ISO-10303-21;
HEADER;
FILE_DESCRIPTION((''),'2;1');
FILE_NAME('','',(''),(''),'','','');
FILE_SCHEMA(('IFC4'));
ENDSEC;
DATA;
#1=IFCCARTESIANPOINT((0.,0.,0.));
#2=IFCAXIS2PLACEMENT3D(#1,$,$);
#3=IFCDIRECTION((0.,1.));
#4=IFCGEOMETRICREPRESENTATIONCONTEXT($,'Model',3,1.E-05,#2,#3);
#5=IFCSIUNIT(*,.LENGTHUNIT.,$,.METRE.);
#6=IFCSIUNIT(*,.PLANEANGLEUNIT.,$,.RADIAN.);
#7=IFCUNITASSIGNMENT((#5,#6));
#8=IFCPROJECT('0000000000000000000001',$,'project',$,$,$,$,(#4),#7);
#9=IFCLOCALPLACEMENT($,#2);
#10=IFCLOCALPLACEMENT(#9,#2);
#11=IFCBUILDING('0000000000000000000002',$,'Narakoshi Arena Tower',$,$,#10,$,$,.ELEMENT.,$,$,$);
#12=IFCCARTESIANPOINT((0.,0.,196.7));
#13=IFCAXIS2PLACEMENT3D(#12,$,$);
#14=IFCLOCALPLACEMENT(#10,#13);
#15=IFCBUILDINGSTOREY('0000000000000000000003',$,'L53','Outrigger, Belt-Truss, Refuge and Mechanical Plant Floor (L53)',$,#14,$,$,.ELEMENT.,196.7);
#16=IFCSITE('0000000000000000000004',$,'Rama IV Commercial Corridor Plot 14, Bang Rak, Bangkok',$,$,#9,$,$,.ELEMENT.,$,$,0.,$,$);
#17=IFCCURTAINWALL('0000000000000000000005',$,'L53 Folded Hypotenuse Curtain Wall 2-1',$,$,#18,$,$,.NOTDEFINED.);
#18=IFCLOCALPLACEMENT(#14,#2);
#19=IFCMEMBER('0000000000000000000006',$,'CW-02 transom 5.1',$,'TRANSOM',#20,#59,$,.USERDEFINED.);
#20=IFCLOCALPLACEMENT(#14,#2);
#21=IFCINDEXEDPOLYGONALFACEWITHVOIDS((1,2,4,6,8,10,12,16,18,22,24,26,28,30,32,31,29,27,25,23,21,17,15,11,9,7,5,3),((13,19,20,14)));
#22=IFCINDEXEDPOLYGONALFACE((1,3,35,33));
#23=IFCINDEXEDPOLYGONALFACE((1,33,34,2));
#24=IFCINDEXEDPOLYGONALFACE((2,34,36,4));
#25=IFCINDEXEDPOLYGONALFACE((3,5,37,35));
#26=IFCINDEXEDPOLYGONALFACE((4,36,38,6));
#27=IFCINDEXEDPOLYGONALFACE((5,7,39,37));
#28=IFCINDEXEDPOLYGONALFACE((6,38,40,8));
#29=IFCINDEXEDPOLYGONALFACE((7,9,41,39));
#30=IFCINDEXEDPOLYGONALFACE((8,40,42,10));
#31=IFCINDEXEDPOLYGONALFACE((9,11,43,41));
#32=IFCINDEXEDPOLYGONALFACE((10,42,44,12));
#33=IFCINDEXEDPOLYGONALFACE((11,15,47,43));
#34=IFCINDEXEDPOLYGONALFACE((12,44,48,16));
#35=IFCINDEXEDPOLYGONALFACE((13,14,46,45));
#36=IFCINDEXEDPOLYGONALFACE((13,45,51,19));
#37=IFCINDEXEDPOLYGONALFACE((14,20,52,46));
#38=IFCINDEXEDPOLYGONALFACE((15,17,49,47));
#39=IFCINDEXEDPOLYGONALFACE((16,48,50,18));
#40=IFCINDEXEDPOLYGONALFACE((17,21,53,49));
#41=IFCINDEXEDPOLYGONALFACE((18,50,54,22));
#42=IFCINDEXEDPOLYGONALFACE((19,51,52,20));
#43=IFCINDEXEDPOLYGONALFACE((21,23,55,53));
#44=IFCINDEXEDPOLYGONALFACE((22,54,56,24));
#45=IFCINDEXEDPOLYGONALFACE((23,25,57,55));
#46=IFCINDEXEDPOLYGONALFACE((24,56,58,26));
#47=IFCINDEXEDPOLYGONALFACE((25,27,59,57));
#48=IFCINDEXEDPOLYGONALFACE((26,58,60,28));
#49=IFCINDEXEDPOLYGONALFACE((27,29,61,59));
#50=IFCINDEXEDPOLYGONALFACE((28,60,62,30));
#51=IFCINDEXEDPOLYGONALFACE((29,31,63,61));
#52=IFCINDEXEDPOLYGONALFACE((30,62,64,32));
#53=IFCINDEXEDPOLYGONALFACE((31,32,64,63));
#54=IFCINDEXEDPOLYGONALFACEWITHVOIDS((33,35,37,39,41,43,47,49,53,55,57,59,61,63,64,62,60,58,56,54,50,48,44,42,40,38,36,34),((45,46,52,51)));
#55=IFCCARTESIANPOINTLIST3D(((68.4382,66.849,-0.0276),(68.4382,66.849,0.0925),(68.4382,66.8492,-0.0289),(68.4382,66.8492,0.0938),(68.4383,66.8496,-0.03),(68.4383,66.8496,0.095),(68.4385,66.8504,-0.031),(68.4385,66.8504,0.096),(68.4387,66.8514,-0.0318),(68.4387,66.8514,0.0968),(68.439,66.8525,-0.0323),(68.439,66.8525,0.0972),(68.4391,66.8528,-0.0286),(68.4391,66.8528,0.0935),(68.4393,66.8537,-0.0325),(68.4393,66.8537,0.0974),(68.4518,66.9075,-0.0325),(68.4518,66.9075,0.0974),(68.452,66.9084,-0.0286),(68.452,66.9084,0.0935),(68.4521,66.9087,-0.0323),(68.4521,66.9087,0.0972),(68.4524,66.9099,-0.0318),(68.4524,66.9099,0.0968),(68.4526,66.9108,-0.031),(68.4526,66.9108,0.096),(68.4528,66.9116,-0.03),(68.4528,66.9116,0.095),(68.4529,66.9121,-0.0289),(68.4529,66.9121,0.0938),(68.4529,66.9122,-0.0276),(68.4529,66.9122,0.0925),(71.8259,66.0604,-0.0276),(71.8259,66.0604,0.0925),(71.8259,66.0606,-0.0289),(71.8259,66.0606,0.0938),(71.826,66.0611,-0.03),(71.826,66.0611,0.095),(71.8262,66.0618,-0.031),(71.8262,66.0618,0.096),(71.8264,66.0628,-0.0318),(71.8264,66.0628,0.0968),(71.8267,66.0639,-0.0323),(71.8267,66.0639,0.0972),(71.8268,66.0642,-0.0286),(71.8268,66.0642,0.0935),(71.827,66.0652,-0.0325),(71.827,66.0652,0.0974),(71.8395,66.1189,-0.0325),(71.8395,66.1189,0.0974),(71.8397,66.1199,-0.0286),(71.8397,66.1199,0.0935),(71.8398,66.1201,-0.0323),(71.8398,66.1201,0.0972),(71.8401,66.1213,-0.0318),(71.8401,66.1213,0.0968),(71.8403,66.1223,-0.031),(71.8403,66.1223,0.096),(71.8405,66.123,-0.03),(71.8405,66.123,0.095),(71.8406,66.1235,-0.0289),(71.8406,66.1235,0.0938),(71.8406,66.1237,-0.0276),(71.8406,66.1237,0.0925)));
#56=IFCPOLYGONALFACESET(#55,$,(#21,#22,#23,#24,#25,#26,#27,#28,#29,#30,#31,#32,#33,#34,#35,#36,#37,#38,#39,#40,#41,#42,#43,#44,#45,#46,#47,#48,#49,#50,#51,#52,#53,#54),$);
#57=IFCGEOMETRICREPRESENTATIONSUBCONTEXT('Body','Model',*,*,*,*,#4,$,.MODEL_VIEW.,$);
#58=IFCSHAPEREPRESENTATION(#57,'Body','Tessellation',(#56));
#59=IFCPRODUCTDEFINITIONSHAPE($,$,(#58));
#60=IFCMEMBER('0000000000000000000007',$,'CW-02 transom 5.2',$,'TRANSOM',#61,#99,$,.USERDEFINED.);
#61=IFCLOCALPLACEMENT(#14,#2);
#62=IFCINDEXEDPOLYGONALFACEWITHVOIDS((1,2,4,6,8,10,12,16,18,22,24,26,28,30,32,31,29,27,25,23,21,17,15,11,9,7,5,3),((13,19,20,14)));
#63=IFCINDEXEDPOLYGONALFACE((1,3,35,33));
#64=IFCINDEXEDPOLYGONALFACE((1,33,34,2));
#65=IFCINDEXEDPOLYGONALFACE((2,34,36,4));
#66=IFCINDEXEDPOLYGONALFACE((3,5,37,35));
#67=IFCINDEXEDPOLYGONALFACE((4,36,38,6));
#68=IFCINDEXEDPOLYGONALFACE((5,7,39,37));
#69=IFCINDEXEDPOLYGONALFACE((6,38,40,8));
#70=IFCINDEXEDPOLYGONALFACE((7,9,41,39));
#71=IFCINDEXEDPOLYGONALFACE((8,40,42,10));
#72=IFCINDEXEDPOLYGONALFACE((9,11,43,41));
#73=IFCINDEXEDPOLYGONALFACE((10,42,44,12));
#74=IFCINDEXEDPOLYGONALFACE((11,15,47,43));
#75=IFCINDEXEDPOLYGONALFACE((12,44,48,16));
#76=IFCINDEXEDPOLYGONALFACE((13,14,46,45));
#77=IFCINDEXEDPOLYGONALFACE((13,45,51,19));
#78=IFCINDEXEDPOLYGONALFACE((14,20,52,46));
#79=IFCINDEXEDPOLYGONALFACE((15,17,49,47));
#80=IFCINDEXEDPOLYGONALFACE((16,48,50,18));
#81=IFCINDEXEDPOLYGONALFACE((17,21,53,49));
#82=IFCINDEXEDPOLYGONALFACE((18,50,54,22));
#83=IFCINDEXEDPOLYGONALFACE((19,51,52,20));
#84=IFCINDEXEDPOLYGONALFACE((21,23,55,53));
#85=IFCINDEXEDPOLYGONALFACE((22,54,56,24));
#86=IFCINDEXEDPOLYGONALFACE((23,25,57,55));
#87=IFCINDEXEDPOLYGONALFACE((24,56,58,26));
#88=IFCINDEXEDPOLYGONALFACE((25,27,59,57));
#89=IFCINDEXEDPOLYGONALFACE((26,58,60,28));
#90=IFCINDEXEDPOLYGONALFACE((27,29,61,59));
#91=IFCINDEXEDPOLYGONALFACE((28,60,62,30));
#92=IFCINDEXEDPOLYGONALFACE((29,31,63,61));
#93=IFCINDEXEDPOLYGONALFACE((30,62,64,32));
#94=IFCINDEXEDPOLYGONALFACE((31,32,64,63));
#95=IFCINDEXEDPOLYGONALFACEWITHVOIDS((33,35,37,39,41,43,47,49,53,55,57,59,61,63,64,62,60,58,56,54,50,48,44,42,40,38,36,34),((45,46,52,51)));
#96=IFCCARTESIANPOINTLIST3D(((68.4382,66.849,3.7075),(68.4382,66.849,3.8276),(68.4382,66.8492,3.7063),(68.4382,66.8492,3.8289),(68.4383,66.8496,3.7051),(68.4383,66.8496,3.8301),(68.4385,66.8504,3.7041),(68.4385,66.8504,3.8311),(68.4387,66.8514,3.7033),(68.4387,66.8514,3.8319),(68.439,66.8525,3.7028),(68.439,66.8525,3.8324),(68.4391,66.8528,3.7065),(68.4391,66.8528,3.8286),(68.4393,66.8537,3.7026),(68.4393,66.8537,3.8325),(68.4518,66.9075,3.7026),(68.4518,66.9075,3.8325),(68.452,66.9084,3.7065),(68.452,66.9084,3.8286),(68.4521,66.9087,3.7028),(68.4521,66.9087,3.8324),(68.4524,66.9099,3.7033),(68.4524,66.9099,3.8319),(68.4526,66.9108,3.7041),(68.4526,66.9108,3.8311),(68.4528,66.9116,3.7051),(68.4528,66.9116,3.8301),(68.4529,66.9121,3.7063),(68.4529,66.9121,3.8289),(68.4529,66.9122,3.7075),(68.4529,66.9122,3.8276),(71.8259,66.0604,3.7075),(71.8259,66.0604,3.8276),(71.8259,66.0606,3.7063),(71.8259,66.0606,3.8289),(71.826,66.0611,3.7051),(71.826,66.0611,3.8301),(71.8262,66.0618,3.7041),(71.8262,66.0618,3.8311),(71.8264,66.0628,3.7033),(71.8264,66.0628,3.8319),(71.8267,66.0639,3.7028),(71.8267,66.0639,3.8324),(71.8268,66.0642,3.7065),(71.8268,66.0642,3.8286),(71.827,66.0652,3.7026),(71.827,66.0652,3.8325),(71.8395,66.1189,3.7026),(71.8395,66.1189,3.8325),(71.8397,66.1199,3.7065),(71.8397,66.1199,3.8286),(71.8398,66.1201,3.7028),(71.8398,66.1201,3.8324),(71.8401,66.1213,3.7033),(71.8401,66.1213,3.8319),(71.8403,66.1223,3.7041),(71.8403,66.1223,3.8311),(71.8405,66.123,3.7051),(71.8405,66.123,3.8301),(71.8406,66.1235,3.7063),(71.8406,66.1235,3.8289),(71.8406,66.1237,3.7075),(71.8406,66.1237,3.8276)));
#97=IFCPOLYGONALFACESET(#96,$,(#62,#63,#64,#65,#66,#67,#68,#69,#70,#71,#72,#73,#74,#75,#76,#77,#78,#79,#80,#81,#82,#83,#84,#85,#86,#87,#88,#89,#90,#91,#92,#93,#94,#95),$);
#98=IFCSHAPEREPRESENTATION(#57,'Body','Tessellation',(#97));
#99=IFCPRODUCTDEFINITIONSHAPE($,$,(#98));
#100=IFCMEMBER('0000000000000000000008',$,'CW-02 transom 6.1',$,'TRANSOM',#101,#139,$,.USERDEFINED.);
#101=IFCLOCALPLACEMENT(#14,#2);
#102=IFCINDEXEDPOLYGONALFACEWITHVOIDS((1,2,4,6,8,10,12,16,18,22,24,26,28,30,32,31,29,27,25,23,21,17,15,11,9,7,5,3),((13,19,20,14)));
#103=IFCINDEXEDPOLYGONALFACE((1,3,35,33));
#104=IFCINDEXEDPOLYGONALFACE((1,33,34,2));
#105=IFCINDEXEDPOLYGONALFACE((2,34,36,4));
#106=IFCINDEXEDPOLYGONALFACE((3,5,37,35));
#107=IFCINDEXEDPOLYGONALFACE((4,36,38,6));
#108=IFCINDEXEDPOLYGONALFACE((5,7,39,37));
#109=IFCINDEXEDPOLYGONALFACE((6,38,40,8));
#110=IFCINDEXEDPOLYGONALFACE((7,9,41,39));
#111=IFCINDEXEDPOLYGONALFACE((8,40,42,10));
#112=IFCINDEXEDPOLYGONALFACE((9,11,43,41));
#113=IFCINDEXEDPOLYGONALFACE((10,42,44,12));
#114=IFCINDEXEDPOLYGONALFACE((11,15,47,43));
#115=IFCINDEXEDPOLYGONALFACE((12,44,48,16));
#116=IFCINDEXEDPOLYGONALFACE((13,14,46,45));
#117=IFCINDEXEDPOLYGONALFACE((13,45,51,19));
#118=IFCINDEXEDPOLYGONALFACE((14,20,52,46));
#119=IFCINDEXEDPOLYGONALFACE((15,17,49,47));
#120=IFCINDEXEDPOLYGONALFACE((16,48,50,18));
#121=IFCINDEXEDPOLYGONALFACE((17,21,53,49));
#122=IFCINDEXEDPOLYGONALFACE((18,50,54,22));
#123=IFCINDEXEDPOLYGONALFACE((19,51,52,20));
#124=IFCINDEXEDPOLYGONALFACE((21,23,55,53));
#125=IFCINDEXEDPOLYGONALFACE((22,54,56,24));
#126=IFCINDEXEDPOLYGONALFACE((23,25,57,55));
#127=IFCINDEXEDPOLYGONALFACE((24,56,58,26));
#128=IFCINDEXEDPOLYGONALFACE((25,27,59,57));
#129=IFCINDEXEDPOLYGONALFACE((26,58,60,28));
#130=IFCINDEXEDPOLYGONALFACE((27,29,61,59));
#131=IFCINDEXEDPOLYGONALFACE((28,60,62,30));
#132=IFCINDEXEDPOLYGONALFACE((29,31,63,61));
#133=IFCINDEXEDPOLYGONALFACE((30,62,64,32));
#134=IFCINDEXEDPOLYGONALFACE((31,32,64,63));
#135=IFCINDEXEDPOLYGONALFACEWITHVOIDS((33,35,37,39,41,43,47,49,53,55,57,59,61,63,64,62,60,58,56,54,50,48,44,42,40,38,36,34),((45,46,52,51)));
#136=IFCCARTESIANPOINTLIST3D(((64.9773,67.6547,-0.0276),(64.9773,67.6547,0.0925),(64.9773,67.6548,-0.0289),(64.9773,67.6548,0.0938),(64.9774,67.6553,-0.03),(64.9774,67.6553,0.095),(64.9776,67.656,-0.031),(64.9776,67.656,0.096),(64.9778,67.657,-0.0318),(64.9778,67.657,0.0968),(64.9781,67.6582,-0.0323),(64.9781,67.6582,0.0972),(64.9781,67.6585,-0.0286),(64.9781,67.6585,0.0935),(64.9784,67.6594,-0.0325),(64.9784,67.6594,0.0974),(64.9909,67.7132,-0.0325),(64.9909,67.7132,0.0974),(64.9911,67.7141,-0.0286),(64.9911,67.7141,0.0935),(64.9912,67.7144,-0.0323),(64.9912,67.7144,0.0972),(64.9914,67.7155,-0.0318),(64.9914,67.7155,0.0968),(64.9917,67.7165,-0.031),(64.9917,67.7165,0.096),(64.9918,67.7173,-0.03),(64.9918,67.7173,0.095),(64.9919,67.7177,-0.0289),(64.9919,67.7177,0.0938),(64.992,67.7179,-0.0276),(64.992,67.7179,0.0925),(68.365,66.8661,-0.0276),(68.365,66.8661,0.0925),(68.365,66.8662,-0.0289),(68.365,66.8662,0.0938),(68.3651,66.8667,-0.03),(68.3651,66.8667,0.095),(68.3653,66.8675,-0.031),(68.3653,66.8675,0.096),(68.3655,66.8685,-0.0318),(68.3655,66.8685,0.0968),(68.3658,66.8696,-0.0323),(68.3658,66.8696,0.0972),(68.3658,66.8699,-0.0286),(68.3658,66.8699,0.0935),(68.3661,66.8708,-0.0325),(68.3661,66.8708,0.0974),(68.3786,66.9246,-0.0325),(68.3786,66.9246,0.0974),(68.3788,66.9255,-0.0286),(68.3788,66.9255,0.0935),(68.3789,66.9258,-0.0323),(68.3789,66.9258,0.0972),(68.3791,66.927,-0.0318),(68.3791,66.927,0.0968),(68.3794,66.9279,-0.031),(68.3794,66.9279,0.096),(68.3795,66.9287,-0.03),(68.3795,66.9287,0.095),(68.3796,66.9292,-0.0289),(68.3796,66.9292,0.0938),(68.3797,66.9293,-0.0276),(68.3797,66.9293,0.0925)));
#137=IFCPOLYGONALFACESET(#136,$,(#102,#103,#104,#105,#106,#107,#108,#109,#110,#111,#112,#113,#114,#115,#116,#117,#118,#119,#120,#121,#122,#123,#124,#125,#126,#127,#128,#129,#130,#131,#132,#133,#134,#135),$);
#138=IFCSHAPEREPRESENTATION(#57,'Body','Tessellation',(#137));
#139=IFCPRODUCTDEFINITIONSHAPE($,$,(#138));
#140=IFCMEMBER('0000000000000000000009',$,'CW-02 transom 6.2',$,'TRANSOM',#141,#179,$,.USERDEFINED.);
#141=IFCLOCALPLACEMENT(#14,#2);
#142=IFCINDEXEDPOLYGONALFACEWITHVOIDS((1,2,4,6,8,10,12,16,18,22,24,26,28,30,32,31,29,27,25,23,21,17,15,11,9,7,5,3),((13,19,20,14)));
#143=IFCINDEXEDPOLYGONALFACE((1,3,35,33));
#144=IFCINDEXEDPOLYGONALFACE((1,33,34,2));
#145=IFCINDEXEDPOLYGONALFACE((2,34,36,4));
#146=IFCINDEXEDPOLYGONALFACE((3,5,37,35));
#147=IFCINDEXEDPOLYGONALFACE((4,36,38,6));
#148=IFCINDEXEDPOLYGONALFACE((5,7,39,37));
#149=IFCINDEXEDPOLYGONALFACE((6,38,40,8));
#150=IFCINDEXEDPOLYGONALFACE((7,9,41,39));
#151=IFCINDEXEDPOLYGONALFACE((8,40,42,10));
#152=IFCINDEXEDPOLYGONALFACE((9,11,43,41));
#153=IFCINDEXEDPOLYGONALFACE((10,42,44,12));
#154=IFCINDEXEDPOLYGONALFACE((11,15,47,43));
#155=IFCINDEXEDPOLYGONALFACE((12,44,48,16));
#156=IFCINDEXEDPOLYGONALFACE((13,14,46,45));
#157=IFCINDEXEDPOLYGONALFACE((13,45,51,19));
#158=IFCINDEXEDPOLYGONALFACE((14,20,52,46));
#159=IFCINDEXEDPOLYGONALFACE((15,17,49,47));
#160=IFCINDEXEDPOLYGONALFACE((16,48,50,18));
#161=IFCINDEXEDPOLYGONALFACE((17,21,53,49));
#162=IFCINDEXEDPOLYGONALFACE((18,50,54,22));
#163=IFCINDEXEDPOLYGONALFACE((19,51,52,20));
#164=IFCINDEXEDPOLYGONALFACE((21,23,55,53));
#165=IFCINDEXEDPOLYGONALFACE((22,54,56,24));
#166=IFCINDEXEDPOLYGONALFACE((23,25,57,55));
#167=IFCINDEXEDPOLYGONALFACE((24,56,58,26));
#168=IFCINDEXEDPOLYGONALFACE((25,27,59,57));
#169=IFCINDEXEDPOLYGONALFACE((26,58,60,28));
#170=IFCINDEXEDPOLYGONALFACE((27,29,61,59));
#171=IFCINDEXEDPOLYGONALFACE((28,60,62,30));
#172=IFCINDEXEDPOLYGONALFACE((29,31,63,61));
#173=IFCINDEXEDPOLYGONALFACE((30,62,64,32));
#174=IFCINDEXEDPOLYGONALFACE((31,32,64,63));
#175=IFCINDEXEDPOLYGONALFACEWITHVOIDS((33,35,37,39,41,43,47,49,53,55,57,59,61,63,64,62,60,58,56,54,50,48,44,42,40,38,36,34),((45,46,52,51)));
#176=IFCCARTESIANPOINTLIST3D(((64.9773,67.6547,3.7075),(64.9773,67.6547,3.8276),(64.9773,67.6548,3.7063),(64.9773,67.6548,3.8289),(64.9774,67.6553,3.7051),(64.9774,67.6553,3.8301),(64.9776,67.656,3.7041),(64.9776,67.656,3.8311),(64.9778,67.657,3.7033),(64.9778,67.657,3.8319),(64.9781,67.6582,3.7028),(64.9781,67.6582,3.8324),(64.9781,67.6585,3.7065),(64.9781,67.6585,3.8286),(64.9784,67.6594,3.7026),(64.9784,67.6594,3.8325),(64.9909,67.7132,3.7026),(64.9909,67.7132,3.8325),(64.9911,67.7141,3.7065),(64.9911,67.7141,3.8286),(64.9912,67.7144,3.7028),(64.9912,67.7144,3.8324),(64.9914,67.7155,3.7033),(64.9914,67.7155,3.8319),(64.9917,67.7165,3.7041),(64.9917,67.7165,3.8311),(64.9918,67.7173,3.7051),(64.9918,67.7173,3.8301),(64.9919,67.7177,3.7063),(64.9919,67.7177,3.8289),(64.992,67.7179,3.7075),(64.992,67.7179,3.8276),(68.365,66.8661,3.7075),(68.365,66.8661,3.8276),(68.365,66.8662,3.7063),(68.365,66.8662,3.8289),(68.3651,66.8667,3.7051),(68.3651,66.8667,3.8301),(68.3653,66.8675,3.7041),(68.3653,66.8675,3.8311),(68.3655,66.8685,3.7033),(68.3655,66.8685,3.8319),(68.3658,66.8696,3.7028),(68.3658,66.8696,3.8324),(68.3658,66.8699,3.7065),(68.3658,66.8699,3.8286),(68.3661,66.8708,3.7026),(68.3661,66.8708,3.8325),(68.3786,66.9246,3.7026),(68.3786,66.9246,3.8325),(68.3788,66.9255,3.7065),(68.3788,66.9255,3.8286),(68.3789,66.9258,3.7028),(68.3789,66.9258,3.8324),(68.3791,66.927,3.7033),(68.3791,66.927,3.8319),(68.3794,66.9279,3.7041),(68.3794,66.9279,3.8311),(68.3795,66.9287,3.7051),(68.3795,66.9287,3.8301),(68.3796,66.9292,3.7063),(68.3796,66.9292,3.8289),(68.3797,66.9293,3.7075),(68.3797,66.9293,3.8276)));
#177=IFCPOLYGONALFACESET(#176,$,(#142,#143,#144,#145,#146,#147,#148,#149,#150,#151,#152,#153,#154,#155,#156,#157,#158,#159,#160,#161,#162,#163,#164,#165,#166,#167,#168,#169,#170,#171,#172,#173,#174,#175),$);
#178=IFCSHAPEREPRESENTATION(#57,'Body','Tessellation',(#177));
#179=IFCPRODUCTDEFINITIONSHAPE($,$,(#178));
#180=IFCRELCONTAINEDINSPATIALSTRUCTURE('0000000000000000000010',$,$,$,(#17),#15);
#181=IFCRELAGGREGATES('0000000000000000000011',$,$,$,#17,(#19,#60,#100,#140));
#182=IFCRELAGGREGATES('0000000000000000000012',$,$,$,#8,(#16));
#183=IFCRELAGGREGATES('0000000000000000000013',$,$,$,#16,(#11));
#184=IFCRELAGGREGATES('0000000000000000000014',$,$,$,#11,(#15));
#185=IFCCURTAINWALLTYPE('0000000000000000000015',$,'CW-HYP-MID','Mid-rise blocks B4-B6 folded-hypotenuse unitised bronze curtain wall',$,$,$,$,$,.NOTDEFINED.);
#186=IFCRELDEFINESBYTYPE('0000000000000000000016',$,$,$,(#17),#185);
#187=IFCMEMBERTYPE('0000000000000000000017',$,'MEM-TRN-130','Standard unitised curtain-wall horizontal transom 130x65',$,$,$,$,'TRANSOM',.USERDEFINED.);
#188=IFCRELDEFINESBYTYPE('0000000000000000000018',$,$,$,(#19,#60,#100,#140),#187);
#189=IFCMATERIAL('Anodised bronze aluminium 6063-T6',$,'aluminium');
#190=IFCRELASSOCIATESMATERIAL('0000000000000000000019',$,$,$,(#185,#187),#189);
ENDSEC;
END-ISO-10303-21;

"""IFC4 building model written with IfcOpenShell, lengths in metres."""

from ifc_helpers import new_model, si_unit, direction, frame, origin, origin_2d, place, context, subcontext, project, spatial, hollow_rectangle, extrude, material, material_profile, profile_set, type_object, element, aggregate, save


model = new_model("IFC4")

# Units and contexts
model_context = context("Model", 3, precision=1e-05, world=origin(), true_north=direction((0.0, 1.0)))
body_context = subcontext(model_context, "Body", "Model", "MODEL_VIEW")
ifc_project = project(units=[si_unit("LENGTHUNIT", "METRE"), si_unit("PLANEANGLEUNIT", "RADIAN")], contexts=[model_context])

# Site, building, storey
site_placement = place(None, origin())
site = spatial("IfcSite", under=ifc_project, at=site_placement, Name="Rama IV Commercial Corridor Plot 14, Bang Rak, Bangkok", CompositionType="ELEMENT", RefElevation=0.0)
building_placement = place(site_placement, origin())
building = spatial("IfcBuilding", under=site, at=building_placement, Name="Narakoshi Arena Tower", CompositionType="ELEMENT")
storey_placement = place(building_placement, frame((0.0, 0.0, 196.7)))
storey = spatial("IfcBuildingStorey", under=building, at=storey_placement, Name="L53", Description="Outrigger, Belt-Truss, Refuge and Mechanical Plant Floor (L53)", CompositionType="ELEMENT", Elevation=196.7)

# Curtain wall
ifc_material_1 = material(Name="Anodised bronze aluminium 6063-T6", Category="aluminium")
curtain_wall_type = type_object("IfcCurtainWallType", Name="CW-HYP-MID", Description="Mid-rise blocks B4-B6 folded-hypotenuse unitised bronze curtain wall", PredefinedType="NOTDEFINED", material=ifc_material_1)
curtain_wall_placement = place(storey_placement, origin())
curtain_wall = element("IfcCurtainWall", 1, at=curtain_wall_placement, inside=storey, type_object=curtain_wall_type, Name="L53 Folded Hypotenuse Curtain Wall 2-1", PredefinedType="NOTDEFINED")

# Members
ifc_material_profile_1 = material_profile(ifc_material_1, hollow_rectangle(XDim=0.0649, YDim=0.1299, WallThickness=0.0039, OuterFilletRadius=0.0049, at=origin_2d()), Name="TRN130x65x4")
ifc_profile_set_1 = profile_set([ifc_material_profile_1], Name="Anodised bronze aluminium 6063-T6")
member_type_1 = type_object("IfcMemberType", Name="MEM-TRN-130", Description="Standard unitised curtain-wall horizontal transom 130x65", ElementType="TRANSOM", PredefinedType="USERDEFINED", material=ifc_profile_set_1)
member_1_placement = place(storey_placement, frame((71.8333, 66.092, 0.0325), z_axis=(-0.973961, 0.226715, 0.0), x_axis=(-0.226715, -0.973961, 0.0)))
member_1 = element("IfcMember", 2, at=member_1_placement, type_object=member_type_1, Name="CW-02 transom 5.1", ObjectType="TRANSOM", PredefinedType="USERDEFINED", context=body_context, shape_type="SweptSolid", body=[
    extrude(hollow_rectangle(XDim=0.0649, YDim=0.1299, WallThickness=0.0039, OuterFilletRadius=0.0049, at=origin_2d()), origin(), (0.0, 0.0, 1.0), 3.4783),
])
member_2_placement = place(storey_placement, frame((71.8333, 66.092, 3.7676), z_axis=(-0.973961, 0.226715, 0.0), x_axis=(-0.226715, -0.973961, 0.0)))
member_2 = element("IfcMember", 3, at=member_2_placement, type_object=member_type_1, Name="CW-02 transom 5.2", ObjectType="TRANSOM", PredefinedType="USERDEFINED", context=body_context, shape_type="SweptSolid", body=[
    extrude(hollow_rectangle(XDim=0.0649, YDim=0.1299, WallThickness=0.0039, OuterFilletRadius=0.0049, at=origin_2d()), origin(), (0.0, 0.0, 1.0), 3.4783),
])
member_3_placement = place(storey_placement, frame((68.3723, 66.8977, 0.0325), z_axis=(-0.973961, 0.226715, 0.0), x_axis=(-0.226715, -0.973961, 0.0)))
member_3 = element("IfcMember", 4, at=member_3_placement, type_object=member_type_1, Name="CW-02 transom 6.1", ObjectType="TRANSOM", PredefinedType="USERDEFINED", context=body_context, shape_type="SweptSolid", body=[
    extrude(hollow_rectangle(XDim=0.0649, YDim=0.1299, WallThickness=0.0039, OuterFilletRadius=0.0049, at=origin_2d()), origin(), (0.0, 0.0, 1.0), 3.4783),
])
member_4_placement = place(storey_placement, frame((68.3723, 66.8977, 3.7676), z_axis=(-0.973961, 0.226715, 0.0), x_axis=(-0.226715, -0.973961, 0.0)))
member_4 = element("IfcMember", 5, at=member_4_placement, type_object=member_type_1, Name="CW-02 transom 6.2", ObjectType="TRANSOM", PredefinedType="USERDEFINED", context=body_context, shape_type="SweptSolid", body=[
    extrude(hollow_rectangle(XDim=0.0649, YDim=0.1299, WallThickness=0.0039, OuterFilletRadius=0.0049, at=origin_2d()), origin(), (0.0, 0.0, 1.0), 3.4783),
])

aggregate(curtain_wall, [member_1, member_2, member_3, member_4])

save(model, "model.ifc")
